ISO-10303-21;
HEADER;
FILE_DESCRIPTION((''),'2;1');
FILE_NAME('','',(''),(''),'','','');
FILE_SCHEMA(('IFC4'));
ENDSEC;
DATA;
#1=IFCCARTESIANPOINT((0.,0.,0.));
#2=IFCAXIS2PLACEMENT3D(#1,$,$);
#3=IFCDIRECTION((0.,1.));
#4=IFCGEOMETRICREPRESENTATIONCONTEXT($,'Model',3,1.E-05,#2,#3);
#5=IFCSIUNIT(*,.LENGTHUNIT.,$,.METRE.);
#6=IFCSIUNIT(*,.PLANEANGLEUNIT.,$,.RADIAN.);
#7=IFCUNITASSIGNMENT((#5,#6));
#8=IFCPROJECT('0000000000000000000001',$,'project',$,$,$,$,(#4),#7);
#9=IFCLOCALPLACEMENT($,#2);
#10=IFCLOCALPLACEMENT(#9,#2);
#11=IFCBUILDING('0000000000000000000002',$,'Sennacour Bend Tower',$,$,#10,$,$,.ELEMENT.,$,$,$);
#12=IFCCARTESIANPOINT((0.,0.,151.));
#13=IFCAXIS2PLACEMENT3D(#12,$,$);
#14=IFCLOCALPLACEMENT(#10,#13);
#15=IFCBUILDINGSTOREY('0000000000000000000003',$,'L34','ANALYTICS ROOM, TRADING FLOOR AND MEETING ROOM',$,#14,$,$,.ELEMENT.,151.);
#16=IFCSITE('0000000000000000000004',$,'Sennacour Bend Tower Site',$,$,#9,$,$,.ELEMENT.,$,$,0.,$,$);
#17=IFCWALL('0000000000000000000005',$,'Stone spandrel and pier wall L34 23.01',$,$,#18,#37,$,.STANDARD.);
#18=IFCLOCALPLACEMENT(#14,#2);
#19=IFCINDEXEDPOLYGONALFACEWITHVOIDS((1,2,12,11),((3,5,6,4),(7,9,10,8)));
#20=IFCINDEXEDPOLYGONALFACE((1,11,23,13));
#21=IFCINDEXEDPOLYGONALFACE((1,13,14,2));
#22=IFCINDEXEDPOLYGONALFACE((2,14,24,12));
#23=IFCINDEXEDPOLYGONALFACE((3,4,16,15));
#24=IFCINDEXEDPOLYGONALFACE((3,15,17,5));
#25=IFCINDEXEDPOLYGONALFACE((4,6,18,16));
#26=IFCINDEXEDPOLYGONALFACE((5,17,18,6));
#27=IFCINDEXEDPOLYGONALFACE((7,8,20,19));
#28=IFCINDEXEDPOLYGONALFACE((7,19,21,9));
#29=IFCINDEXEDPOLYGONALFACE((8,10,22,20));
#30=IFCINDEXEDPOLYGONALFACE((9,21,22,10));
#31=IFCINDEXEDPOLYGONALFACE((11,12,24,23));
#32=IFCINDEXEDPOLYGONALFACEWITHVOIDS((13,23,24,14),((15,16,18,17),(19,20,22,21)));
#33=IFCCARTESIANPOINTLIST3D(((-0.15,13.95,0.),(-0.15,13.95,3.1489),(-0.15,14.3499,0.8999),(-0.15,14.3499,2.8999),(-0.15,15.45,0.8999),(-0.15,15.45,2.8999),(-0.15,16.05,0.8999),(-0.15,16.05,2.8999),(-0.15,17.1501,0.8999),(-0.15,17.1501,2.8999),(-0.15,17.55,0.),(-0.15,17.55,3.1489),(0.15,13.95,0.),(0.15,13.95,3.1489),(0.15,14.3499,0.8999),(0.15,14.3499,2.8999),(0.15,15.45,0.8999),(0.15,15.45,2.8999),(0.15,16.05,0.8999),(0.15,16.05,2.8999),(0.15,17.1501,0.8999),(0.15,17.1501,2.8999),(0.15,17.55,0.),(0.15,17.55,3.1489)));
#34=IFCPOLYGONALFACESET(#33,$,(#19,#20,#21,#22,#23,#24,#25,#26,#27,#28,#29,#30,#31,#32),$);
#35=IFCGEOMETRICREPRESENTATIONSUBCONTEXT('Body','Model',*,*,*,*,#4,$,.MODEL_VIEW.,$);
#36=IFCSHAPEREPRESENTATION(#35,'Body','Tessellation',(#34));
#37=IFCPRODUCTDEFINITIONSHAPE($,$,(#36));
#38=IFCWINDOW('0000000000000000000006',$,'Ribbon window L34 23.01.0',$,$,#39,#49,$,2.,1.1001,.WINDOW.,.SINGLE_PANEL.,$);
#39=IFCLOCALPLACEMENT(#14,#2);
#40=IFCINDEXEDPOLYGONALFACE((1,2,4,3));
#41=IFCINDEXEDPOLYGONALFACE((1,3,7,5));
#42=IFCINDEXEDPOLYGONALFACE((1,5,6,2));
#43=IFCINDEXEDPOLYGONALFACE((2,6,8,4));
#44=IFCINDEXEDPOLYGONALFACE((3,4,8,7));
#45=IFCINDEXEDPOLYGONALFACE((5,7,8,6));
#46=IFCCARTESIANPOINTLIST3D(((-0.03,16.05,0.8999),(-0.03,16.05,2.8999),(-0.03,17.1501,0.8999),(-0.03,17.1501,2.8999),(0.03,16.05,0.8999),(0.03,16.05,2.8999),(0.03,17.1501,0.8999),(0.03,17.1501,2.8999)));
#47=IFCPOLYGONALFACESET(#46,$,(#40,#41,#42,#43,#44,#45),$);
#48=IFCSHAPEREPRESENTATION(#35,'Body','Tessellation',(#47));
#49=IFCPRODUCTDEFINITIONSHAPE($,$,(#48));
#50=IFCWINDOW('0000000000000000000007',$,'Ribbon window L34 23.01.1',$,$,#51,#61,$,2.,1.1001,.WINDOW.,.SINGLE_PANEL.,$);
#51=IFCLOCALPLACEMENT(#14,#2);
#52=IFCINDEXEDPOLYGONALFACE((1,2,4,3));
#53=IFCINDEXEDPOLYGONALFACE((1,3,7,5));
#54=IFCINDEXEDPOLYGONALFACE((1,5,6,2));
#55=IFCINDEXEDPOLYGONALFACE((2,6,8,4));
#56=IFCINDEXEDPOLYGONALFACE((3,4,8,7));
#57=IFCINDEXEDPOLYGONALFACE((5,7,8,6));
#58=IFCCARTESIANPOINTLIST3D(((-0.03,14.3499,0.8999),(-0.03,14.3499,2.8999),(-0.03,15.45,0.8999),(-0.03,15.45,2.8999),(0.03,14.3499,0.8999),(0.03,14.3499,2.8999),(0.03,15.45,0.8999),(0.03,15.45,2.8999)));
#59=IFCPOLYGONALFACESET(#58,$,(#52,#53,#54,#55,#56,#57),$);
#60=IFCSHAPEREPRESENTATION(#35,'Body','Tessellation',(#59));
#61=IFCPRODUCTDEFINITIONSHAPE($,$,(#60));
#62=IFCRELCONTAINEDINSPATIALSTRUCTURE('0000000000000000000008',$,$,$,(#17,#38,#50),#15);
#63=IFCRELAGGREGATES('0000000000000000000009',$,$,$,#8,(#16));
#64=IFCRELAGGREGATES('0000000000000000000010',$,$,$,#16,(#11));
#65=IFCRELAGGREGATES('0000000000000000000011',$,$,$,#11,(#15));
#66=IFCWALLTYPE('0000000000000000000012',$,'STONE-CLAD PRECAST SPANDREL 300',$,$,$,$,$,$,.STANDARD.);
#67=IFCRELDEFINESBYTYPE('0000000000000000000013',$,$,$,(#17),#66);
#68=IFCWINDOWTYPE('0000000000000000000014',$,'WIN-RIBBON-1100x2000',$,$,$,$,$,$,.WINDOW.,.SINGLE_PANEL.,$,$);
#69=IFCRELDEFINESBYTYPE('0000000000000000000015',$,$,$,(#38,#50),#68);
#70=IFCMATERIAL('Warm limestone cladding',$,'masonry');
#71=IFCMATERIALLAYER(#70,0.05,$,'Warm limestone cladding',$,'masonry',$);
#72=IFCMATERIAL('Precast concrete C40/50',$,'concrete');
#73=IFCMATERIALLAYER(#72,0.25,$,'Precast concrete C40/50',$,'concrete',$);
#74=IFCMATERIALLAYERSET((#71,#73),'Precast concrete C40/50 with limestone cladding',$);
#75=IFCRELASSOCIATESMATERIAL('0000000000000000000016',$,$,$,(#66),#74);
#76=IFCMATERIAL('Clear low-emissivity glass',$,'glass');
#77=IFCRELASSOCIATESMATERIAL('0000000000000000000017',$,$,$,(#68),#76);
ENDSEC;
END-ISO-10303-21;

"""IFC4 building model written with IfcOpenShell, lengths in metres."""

from ifc_helpers import new_model, si_unit, direction, frame, frame_2d, origin, place, context, subcontext, project, spatial, rectangle, extrude, material, layer, layer_set, type_object, element, fill, save


model = new_model("IFC4")

# Units and contexts
model_context = context("Model", 3, precision=1e-05, world=origin(), true_north=direction((0.0, 1.0)))
body_context = subcontext(model_context, "Body", "Model", "MODEL_VIEW")
ifc_project = project(units=[si_unit("LENGTHUNIT", "METRE"), si_unit("PLANEANGLEUNIT", "RADIAN")], contexts=[model_context])

# Site, building, storey
site_placement = place(None, origin())
site = spatial("IfcSite", under=ifc_project, at=site_placement, Name="Sennacour Bend Tower Site", CompositionType="ELEMENT", RefElevation=0.0)
building_placement = place(site_placement, origin())
building = spatial("IfcBuilding", under=site, at=building_placement, Name="Sennacour Bend Tower", CompositionType="ELEMENT")
storey_placement = place(building_placement, frame((0.0, 0.0, 151.0)))
storey = spatial("IfcBuildingStorey", under=building, at=storey_placement, Name="L34", Description="ANALYTICS ROOM, TRADING FLOOR AND MEETING ROOM", CompositionType="ELEMENT", Elevation=151.0)

# Shared definitions
ifc_material_1 = material(Name="Warm limestone cladding", Category="masonry")
ifc_layer_1 = layer(ifc_material_1, 0.05, Name="Warm limestone cladding", Category="masonry")
ifc_material_2 = material(Name="Precast concrete C40/50", Category="concrete")
ifc_layer_2 = layer(ifc_material_2, 0.25, Name="Precast concrete C40/50", Category="concrete")
ifc_layer_set_1 = layer_set([ifc_layer_1, ifc_layer_2], Name="Precast concrete C40/50 with limestone cladding")
wall_type_1 = type_object("IfcWallType", Name="STONE-CLAD PRECAST SPANDREL 300", PredefinedType="STANDARD", material=ifc_layer_set_1)

# Wall, openings, windows
ifc_material_3 = material(Name="Clear low-emissivity glass", Category="glass")
window_type = type_object("IfcWindowType", Name="WIN-RIBBON-1100x2000", PartitioningType="SINGLE_PANEL", PredefinedType="WINDOW", material=ifc_material_3)
wall_1_placement = place(storey_placement, frame((0.0, 17.55, 0.0), z_axis=(0.0, 0.0, 1.0), x_axis=(0.0, -1.0, 0.0)))
wall_1 = element("IfcWall", 1, at=wall_1_placement, inside=storey, type_object=wall_type_1, Name="Stone spandrel and pier wall L34 23.01", PredefinedType="STANDARD", context=body_context, shape_type="SweptSolid", body=[
    extrude(rectangle(XDim=3.6001, YDim=0.3, at=frame_2d((1.8, 0.0))), origin(), (0.0, 0.0, 1.0), 3.1489),
])
opening_1_placement = place(wall_1_placement, frame((0.3999, 0.0, 0.8999)))
opening_1 = element("IfcOpeningElement", 2, at=opening_1_placement, cuts=wall_1, PredefinedType="OPENING", context=body_context, shape_type="SweptSolid", body=[
    extrude(rectangle(XDim=1.1001, YDim=2.0, at=frame_2d((0.55, 1.0))), frame((0.0, 0.1602, 0.0), z_axis=(0.0, -1.0, 0.0), x_axis=(1.0, 0.0, 0.0)), (0.0, 0.0, 1.0), 0.3201),
])
opening_2_placement = place(wall_1_placement, frame((2.1001, 0.0, 0.8999)))
opening_2 = element("IfcOpeningElement", 3, at=opening_2_placement, cuts=wall_1, PredefinedType="OPENING", context=body_context, shape_type="SweptSolid", body=[
    extrude(rectangle(XDim=1.1001, YDim=2.0, at=frame_2d((0.55, 1.0))), frame((0.0, 0.1602, 0.0), z_axis=(0.0, -1.0, 0.0), x_axis=(1.0, 0.0, 0.0)), (0.0, 0.0, 1.0), 0.3201),
])
window_1_placement = place(opening_1_placement, origin())
window_1 = element("IfcWindow", 4, at=window_1_placement, inside=storey, type_object=window_type, Name="Ribbon window L34 23.01.0", OverallHeight=2.0, OverallWidth=1.1001, PartitioningType="SINGLE_PANEL", PredefinedType="WINDOW", context=body_context, shape_type="SweptSolid", body=[
    extrude(rectangle(XDim=1.1001, YDim=2.0, at=frame_2d((0.55, 1.0))), frame((0.0, 0.03, 0.0), z_axis=(0.0, -1.0, 0.0), x_axis=(1.0, 0.0, 0.0)), (0.0, 0.0, 1.0), 0.0601),
])
fill(opening_1, window_1)
window_2_placement = place(opening_2_placement, origin())
window_2 = element("IfcWindow", 5, at=window_2_placement, inside=storey, type_object=window_type, Name="Ribbon window L34 23.01.1", OverallHeight=2.0, OverallWidth=1.1001, PartitioningType="SINGLE_PANEL", PredefinedType="WINDOW", context=body_context, shape_type="SweptSolid", body=[
    extrude(rectangle(XDim=1.1001, YDim=2.0, at=frame_2d((0.55, 1.0))), frame((0.0, 0.03, 0.0), z_axis=(0.0, -1.0, 0.0), x_axis=(1.0, 0.0, 0.0)), (0.0, 0.0, 1.0), 0.0601),
])
fill(opening_2, window_2)

save(model, "model.ifc")
